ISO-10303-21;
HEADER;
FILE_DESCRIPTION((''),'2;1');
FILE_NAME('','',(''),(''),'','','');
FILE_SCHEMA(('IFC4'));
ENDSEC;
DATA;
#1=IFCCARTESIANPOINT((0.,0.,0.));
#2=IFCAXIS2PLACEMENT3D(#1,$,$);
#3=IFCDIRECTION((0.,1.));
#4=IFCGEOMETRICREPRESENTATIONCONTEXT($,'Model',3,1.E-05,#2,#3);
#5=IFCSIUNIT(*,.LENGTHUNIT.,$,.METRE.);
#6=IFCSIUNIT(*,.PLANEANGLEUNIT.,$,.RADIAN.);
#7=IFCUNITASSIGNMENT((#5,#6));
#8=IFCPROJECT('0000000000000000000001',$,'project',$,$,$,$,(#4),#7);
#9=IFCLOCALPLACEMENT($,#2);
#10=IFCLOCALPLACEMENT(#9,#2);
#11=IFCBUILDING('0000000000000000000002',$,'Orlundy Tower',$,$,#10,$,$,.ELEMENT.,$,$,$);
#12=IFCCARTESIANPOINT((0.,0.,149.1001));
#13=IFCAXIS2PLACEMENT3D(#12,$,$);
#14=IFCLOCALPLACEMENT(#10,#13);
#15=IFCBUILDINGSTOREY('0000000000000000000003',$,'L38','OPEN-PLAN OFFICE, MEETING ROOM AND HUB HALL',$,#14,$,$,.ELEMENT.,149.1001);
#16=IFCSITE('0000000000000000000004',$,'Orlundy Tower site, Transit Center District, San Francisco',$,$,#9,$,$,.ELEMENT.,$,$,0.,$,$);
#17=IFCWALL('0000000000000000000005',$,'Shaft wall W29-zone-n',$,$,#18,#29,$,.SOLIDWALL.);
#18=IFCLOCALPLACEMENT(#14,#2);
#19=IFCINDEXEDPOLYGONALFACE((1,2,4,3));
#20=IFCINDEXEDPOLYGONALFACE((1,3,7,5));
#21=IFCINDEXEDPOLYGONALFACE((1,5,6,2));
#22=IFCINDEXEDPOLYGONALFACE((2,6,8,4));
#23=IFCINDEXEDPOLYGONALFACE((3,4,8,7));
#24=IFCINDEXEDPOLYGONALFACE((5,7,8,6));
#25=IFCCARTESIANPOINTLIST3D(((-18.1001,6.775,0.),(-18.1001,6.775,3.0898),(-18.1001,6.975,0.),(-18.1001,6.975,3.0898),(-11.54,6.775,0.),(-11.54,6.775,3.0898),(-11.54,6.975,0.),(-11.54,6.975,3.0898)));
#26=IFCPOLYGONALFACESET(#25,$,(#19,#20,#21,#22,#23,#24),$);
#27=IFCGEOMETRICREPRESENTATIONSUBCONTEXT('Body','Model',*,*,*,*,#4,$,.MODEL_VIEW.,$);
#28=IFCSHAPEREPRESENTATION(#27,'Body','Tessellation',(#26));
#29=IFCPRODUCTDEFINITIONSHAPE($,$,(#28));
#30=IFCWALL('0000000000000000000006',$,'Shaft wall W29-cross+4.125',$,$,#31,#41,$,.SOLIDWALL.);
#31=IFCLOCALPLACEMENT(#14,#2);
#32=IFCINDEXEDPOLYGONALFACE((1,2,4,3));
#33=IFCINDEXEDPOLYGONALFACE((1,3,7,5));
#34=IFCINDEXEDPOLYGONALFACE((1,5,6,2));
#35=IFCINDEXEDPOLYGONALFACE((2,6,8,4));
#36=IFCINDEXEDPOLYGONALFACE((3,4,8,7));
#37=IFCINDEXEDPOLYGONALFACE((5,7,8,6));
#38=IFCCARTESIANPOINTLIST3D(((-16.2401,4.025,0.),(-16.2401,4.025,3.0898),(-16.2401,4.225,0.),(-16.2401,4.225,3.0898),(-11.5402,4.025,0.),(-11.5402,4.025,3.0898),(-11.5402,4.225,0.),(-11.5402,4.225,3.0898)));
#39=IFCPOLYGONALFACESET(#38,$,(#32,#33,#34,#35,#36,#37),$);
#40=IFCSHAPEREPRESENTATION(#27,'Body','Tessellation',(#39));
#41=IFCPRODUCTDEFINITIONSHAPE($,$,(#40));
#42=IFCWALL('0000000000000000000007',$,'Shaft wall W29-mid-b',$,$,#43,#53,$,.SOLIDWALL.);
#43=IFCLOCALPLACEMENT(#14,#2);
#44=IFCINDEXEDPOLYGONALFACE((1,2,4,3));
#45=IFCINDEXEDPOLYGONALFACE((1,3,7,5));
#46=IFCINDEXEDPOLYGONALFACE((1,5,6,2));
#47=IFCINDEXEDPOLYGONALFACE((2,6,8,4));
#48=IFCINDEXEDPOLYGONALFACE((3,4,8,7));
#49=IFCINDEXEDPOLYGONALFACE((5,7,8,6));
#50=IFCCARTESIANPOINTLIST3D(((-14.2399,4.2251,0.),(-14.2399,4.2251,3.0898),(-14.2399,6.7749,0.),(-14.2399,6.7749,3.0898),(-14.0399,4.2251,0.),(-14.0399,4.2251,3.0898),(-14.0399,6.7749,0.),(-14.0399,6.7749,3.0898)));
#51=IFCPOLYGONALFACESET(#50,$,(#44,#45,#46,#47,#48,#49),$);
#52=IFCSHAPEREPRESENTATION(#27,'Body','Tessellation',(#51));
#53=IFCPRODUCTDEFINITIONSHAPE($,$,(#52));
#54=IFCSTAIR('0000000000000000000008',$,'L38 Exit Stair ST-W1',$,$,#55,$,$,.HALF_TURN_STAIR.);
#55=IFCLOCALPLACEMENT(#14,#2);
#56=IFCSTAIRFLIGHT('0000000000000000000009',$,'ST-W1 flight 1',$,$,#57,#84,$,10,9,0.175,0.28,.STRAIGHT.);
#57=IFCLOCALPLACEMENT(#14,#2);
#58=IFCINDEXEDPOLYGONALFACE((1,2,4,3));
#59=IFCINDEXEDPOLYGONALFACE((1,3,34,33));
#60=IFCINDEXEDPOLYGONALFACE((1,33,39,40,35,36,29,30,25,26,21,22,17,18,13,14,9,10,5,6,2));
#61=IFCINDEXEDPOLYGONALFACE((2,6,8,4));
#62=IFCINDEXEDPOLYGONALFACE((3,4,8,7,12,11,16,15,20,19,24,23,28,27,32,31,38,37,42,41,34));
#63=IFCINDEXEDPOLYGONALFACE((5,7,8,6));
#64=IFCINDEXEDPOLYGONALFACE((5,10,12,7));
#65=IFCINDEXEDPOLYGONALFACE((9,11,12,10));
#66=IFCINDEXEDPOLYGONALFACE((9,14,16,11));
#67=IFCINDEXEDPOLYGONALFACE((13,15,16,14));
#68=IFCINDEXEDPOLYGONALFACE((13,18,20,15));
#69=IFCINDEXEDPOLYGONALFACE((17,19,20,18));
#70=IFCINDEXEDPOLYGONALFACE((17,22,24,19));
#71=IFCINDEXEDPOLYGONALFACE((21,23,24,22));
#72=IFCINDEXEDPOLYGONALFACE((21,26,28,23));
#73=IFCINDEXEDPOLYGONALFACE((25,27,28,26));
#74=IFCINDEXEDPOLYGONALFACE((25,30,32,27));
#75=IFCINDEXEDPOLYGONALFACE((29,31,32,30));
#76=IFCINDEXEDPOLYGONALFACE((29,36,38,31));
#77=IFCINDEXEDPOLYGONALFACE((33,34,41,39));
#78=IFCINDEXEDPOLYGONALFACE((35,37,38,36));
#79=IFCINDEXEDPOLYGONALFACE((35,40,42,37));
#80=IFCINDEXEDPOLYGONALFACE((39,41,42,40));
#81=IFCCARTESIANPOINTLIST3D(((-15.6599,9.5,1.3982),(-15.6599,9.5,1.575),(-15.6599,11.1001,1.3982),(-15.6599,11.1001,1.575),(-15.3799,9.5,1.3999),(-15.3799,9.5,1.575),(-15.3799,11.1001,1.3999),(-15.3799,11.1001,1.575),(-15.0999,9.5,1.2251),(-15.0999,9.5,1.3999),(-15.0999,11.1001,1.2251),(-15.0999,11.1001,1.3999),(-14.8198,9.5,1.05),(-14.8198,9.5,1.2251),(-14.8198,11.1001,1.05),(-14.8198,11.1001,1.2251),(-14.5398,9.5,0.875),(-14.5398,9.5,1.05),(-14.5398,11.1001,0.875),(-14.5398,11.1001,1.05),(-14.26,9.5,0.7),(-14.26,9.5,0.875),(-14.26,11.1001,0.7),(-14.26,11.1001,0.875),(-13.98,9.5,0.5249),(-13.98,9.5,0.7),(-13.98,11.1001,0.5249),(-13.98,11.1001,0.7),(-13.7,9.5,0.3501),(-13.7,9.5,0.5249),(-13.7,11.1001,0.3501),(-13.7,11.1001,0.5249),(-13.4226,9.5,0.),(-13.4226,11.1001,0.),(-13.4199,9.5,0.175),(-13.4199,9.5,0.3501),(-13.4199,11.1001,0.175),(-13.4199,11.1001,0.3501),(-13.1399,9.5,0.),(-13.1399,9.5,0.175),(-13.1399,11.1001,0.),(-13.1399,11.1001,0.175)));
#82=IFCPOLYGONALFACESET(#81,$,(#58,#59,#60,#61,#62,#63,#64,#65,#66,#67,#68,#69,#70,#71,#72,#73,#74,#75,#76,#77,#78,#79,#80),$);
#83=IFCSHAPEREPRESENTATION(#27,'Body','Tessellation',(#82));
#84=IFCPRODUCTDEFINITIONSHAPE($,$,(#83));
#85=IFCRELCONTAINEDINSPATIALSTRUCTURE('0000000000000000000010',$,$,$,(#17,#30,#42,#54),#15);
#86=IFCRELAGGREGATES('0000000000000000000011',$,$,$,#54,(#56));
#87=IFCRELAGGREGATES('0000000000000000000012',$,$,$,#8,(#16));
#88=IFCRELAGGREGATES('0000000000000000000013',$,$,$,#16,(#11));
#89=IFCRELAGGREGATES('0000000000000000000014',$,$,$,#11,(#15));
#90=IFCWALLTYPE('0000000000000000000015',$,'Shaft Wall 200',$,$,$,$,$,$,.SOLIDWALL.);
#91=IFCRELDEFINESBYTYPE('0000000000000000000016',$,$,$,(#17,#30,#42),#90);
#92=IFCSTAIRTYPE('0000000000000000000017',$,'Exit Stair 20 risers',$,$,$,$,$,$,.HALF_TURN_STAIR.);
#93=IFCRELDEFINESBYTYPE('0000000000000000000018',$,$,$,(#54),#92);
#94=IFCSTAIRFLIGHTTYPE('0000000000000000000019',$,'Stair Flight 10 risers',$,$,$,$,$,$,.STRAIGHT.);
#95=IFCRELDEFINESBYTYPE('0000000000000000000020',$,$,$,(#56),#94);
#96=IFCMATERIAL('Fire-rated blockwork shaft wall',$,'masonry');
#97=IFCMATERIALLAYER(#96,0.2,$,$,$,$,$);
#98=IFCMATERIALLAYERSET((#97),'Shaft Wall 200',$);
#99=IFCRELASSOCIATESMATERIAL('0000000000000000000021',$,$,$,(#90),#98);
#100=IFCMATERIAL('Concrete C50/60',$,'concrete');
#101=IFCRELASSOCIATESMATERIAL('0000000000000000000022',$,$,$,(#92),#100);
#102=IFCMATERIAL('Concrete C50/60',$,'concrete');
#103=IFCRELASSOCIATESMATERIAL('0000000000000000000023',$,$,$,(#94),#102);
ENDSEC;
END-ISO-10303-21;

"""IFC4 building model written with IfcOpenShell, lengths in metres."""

from ifc_helpers import new_model, si_unit, direction, frame, frame_2d, origin, place, context, subcontext, project, spatial, polyline, rectangle, outline, extrude, material, layer, layer_set, type_object, element, aggregate, save


model = new_model("IFC4")

# Units and contexts
model_context = context("Model", 3, precision=1e-05, world=origin(), true_north=direction((0.0, 1.0)))
body_context = subcontext(model_context, "Body", "Model", "MODEL_VIEW")
ifc_project = project(units=[si_unit("LENGTHUNIT", "METRE"), si_unit("PLANEANGLEUNIT", "RADIAN")], contexts=[model_context])

# Site, building, storey
site_placement = place(None, origin())
site = spatial("IfcSite", under=ifc_project, at=site_placement, Name="Orlundy Tower site, Transit Center District, San Francisco", CompositionType="ELEMENT", RefElevation=0.0)
building_placement = place(site_placement, origin())
building = spatial("IfcBuilding", under=site, at=building_placement, Name="Orlundy Tower", CompositionType="ELEMENT")
storey_placement = place(building_placement, frame((0.0, 0.0, 149.1001)))
storey = spatial("IfcBuildingStorey", under=building, at=storey_placement, Name="L38", Description="OPEN-PLAN OFFICE, MEETING ROOM AND HUB HALL", CompositionType="ELEMENT", Elevation=149.1001)

# Walls
ifc_material_1 = material(Name="Fire-rated blockwork shaft wall", Category="masonry")
ifc_layer_1 = layer(ifc_material_1, 0.2)
ifc_layer_set_1 = layer_set([ifc_layer_1], Name="Shaft Wall 200")
wall_type_1 = type_object("IfcWallType", Name="Shaft Wall 200", PredefinedType="SOLIDWALL", material=ifc_layer_set_1)
wall_1_placement = place(storey_placement, frame((-11.54, 6.875, 0.0), z_axis=(0.0, 0.0, 1.0), x_axis=(-1.0, 0.0, 0.0)))
element("IfcWall", 1, at=wall_1_placement, inside=storey, type_object=wall_type_1, Name="Shaft wall W29-zone-n", PredefinedType="SOLIDWALL", context=body_context, shape_type="SweptSolid", body=[
    extrude(rectangle(XDim=6.5601, YDim=0.2, at=frame_2d((3.28, 0.0))), origin(), (0.0, 0.0, 1.0), 3.0898),
])
wall_2_placement = place(storey_placement, frame((-11.54, 4.125, 0.0), z_axis=(0.0, 0.0, 1.0), x_axis=(-1.0, 0.0, 0.0)))
element("IfcWall", 2, at=wall_2_placement, inside=storey, type_object=wall_type_1, Name="Shaft wall W29-cross+4.125", PredefinedType="SOLIDWALL", context=body_context, shape_type="SweptSolid", body=[
    extrude(rectangle(XDim=4.7, YDim=0.2, at=frame_2d((2.3501, 0.0))), origin(), (0.0, 0.0, 1.0), 3.0898),
])
wall_3_placement = place(storey_placement, frame((-14.1399, 4.2251, 0.0), z_axis=(0.0, 0.0, 1.0), x_axis=(0.0, 1.0, 0.0)))
element("IfcWall", 3, at=wall_3_placement, inside=storey, type_object=wall_type_1, Name="Shaft wall W29-mid-b", PredefinedType="SOLIDWALL", context=body_context, shape_type="SweptSolid", body=[
    extrude(rectangle(XDim=2.5498, YDim=0.2, at=frame_2d((1.2749, 0.0))), origin(), (0.0, 0.0, 1.0), 3.0898),
])

# Stair, stair flight
ifc_material_2 = material(Name="Concrete C50/60", Category="concrete")
stair_type = type_object("IfcStairType", Name="Exit Stair 20 risers", PredefinedType="HALF_TURN_STAIR", material=ifc_material_2)
stair_placement = place(storey_placement, origin())
stair = element("IfcStair", 4, at=stair_placement, inside=storey, type_object=stair_type, Name="L38 Exit Stair ST-W1", PredefinedType="HALF_TURN_STAIR")
ifc_material_3 = material(Name="Concrete C50/60", Category="concrete")
stair_flight_type = type_object("IfcStairFlightType", Name="Stair Flight 10 risers", PredefinedType="STRAIGHT", material=ifc_material_3)
stair_flight_placement = place(storey_placement, frame((-13.1399, 10.3, 0.0), z_axis=(0.0, 0.0, 1.0), x_axis=(-1.0, 0.0, 0.0)))
stair_flight = element("IfcStairFlight", 5, at=stair_flight_placement, type_object=stair_flight_type, Name="ST-W1 flight 1", NumberOfRisers=10, NumberOfTreads=9, PredefinedType="STRAIGHT", RiserHeight=0.175, TreadLength=0.28, context=body_context, shape_type="SweptSolid", body=[
    extrude(outline(polyline([(0.0, 0.0), (0.0, 0.175), (0.28, 0.175), (0.28, 0.3501), (0.5601, 0.3501), (0.5601, 0.5249), (0.8401, 0.5249), (0.8401, 0.7), (1.1201, 0.7), (1.1201, 0.875), (1.3999, 0.875), (1.3999, 1.05), (1.6799, 1.05), (1.6799, 1.2251), (1.96, 1.2251), (1.96, 1.3999), (2.24, 1.3999), (2.24, 1.575), (2.52, 1.575), (2.52, 1.75), (2.52, 1.3982), (0.2827, 0.0), (0.0, 0.0)])), frame((0.0, 0.8, 0.0), z_axis=(0.0, -1.0, 0.0), x_axis=(1.0, 0.0, 0.0)), (0.0, 0.0, 1.0), 1.6001),
])
aggregate(stair, [stair_flight])

save(model, "model.ifc")
